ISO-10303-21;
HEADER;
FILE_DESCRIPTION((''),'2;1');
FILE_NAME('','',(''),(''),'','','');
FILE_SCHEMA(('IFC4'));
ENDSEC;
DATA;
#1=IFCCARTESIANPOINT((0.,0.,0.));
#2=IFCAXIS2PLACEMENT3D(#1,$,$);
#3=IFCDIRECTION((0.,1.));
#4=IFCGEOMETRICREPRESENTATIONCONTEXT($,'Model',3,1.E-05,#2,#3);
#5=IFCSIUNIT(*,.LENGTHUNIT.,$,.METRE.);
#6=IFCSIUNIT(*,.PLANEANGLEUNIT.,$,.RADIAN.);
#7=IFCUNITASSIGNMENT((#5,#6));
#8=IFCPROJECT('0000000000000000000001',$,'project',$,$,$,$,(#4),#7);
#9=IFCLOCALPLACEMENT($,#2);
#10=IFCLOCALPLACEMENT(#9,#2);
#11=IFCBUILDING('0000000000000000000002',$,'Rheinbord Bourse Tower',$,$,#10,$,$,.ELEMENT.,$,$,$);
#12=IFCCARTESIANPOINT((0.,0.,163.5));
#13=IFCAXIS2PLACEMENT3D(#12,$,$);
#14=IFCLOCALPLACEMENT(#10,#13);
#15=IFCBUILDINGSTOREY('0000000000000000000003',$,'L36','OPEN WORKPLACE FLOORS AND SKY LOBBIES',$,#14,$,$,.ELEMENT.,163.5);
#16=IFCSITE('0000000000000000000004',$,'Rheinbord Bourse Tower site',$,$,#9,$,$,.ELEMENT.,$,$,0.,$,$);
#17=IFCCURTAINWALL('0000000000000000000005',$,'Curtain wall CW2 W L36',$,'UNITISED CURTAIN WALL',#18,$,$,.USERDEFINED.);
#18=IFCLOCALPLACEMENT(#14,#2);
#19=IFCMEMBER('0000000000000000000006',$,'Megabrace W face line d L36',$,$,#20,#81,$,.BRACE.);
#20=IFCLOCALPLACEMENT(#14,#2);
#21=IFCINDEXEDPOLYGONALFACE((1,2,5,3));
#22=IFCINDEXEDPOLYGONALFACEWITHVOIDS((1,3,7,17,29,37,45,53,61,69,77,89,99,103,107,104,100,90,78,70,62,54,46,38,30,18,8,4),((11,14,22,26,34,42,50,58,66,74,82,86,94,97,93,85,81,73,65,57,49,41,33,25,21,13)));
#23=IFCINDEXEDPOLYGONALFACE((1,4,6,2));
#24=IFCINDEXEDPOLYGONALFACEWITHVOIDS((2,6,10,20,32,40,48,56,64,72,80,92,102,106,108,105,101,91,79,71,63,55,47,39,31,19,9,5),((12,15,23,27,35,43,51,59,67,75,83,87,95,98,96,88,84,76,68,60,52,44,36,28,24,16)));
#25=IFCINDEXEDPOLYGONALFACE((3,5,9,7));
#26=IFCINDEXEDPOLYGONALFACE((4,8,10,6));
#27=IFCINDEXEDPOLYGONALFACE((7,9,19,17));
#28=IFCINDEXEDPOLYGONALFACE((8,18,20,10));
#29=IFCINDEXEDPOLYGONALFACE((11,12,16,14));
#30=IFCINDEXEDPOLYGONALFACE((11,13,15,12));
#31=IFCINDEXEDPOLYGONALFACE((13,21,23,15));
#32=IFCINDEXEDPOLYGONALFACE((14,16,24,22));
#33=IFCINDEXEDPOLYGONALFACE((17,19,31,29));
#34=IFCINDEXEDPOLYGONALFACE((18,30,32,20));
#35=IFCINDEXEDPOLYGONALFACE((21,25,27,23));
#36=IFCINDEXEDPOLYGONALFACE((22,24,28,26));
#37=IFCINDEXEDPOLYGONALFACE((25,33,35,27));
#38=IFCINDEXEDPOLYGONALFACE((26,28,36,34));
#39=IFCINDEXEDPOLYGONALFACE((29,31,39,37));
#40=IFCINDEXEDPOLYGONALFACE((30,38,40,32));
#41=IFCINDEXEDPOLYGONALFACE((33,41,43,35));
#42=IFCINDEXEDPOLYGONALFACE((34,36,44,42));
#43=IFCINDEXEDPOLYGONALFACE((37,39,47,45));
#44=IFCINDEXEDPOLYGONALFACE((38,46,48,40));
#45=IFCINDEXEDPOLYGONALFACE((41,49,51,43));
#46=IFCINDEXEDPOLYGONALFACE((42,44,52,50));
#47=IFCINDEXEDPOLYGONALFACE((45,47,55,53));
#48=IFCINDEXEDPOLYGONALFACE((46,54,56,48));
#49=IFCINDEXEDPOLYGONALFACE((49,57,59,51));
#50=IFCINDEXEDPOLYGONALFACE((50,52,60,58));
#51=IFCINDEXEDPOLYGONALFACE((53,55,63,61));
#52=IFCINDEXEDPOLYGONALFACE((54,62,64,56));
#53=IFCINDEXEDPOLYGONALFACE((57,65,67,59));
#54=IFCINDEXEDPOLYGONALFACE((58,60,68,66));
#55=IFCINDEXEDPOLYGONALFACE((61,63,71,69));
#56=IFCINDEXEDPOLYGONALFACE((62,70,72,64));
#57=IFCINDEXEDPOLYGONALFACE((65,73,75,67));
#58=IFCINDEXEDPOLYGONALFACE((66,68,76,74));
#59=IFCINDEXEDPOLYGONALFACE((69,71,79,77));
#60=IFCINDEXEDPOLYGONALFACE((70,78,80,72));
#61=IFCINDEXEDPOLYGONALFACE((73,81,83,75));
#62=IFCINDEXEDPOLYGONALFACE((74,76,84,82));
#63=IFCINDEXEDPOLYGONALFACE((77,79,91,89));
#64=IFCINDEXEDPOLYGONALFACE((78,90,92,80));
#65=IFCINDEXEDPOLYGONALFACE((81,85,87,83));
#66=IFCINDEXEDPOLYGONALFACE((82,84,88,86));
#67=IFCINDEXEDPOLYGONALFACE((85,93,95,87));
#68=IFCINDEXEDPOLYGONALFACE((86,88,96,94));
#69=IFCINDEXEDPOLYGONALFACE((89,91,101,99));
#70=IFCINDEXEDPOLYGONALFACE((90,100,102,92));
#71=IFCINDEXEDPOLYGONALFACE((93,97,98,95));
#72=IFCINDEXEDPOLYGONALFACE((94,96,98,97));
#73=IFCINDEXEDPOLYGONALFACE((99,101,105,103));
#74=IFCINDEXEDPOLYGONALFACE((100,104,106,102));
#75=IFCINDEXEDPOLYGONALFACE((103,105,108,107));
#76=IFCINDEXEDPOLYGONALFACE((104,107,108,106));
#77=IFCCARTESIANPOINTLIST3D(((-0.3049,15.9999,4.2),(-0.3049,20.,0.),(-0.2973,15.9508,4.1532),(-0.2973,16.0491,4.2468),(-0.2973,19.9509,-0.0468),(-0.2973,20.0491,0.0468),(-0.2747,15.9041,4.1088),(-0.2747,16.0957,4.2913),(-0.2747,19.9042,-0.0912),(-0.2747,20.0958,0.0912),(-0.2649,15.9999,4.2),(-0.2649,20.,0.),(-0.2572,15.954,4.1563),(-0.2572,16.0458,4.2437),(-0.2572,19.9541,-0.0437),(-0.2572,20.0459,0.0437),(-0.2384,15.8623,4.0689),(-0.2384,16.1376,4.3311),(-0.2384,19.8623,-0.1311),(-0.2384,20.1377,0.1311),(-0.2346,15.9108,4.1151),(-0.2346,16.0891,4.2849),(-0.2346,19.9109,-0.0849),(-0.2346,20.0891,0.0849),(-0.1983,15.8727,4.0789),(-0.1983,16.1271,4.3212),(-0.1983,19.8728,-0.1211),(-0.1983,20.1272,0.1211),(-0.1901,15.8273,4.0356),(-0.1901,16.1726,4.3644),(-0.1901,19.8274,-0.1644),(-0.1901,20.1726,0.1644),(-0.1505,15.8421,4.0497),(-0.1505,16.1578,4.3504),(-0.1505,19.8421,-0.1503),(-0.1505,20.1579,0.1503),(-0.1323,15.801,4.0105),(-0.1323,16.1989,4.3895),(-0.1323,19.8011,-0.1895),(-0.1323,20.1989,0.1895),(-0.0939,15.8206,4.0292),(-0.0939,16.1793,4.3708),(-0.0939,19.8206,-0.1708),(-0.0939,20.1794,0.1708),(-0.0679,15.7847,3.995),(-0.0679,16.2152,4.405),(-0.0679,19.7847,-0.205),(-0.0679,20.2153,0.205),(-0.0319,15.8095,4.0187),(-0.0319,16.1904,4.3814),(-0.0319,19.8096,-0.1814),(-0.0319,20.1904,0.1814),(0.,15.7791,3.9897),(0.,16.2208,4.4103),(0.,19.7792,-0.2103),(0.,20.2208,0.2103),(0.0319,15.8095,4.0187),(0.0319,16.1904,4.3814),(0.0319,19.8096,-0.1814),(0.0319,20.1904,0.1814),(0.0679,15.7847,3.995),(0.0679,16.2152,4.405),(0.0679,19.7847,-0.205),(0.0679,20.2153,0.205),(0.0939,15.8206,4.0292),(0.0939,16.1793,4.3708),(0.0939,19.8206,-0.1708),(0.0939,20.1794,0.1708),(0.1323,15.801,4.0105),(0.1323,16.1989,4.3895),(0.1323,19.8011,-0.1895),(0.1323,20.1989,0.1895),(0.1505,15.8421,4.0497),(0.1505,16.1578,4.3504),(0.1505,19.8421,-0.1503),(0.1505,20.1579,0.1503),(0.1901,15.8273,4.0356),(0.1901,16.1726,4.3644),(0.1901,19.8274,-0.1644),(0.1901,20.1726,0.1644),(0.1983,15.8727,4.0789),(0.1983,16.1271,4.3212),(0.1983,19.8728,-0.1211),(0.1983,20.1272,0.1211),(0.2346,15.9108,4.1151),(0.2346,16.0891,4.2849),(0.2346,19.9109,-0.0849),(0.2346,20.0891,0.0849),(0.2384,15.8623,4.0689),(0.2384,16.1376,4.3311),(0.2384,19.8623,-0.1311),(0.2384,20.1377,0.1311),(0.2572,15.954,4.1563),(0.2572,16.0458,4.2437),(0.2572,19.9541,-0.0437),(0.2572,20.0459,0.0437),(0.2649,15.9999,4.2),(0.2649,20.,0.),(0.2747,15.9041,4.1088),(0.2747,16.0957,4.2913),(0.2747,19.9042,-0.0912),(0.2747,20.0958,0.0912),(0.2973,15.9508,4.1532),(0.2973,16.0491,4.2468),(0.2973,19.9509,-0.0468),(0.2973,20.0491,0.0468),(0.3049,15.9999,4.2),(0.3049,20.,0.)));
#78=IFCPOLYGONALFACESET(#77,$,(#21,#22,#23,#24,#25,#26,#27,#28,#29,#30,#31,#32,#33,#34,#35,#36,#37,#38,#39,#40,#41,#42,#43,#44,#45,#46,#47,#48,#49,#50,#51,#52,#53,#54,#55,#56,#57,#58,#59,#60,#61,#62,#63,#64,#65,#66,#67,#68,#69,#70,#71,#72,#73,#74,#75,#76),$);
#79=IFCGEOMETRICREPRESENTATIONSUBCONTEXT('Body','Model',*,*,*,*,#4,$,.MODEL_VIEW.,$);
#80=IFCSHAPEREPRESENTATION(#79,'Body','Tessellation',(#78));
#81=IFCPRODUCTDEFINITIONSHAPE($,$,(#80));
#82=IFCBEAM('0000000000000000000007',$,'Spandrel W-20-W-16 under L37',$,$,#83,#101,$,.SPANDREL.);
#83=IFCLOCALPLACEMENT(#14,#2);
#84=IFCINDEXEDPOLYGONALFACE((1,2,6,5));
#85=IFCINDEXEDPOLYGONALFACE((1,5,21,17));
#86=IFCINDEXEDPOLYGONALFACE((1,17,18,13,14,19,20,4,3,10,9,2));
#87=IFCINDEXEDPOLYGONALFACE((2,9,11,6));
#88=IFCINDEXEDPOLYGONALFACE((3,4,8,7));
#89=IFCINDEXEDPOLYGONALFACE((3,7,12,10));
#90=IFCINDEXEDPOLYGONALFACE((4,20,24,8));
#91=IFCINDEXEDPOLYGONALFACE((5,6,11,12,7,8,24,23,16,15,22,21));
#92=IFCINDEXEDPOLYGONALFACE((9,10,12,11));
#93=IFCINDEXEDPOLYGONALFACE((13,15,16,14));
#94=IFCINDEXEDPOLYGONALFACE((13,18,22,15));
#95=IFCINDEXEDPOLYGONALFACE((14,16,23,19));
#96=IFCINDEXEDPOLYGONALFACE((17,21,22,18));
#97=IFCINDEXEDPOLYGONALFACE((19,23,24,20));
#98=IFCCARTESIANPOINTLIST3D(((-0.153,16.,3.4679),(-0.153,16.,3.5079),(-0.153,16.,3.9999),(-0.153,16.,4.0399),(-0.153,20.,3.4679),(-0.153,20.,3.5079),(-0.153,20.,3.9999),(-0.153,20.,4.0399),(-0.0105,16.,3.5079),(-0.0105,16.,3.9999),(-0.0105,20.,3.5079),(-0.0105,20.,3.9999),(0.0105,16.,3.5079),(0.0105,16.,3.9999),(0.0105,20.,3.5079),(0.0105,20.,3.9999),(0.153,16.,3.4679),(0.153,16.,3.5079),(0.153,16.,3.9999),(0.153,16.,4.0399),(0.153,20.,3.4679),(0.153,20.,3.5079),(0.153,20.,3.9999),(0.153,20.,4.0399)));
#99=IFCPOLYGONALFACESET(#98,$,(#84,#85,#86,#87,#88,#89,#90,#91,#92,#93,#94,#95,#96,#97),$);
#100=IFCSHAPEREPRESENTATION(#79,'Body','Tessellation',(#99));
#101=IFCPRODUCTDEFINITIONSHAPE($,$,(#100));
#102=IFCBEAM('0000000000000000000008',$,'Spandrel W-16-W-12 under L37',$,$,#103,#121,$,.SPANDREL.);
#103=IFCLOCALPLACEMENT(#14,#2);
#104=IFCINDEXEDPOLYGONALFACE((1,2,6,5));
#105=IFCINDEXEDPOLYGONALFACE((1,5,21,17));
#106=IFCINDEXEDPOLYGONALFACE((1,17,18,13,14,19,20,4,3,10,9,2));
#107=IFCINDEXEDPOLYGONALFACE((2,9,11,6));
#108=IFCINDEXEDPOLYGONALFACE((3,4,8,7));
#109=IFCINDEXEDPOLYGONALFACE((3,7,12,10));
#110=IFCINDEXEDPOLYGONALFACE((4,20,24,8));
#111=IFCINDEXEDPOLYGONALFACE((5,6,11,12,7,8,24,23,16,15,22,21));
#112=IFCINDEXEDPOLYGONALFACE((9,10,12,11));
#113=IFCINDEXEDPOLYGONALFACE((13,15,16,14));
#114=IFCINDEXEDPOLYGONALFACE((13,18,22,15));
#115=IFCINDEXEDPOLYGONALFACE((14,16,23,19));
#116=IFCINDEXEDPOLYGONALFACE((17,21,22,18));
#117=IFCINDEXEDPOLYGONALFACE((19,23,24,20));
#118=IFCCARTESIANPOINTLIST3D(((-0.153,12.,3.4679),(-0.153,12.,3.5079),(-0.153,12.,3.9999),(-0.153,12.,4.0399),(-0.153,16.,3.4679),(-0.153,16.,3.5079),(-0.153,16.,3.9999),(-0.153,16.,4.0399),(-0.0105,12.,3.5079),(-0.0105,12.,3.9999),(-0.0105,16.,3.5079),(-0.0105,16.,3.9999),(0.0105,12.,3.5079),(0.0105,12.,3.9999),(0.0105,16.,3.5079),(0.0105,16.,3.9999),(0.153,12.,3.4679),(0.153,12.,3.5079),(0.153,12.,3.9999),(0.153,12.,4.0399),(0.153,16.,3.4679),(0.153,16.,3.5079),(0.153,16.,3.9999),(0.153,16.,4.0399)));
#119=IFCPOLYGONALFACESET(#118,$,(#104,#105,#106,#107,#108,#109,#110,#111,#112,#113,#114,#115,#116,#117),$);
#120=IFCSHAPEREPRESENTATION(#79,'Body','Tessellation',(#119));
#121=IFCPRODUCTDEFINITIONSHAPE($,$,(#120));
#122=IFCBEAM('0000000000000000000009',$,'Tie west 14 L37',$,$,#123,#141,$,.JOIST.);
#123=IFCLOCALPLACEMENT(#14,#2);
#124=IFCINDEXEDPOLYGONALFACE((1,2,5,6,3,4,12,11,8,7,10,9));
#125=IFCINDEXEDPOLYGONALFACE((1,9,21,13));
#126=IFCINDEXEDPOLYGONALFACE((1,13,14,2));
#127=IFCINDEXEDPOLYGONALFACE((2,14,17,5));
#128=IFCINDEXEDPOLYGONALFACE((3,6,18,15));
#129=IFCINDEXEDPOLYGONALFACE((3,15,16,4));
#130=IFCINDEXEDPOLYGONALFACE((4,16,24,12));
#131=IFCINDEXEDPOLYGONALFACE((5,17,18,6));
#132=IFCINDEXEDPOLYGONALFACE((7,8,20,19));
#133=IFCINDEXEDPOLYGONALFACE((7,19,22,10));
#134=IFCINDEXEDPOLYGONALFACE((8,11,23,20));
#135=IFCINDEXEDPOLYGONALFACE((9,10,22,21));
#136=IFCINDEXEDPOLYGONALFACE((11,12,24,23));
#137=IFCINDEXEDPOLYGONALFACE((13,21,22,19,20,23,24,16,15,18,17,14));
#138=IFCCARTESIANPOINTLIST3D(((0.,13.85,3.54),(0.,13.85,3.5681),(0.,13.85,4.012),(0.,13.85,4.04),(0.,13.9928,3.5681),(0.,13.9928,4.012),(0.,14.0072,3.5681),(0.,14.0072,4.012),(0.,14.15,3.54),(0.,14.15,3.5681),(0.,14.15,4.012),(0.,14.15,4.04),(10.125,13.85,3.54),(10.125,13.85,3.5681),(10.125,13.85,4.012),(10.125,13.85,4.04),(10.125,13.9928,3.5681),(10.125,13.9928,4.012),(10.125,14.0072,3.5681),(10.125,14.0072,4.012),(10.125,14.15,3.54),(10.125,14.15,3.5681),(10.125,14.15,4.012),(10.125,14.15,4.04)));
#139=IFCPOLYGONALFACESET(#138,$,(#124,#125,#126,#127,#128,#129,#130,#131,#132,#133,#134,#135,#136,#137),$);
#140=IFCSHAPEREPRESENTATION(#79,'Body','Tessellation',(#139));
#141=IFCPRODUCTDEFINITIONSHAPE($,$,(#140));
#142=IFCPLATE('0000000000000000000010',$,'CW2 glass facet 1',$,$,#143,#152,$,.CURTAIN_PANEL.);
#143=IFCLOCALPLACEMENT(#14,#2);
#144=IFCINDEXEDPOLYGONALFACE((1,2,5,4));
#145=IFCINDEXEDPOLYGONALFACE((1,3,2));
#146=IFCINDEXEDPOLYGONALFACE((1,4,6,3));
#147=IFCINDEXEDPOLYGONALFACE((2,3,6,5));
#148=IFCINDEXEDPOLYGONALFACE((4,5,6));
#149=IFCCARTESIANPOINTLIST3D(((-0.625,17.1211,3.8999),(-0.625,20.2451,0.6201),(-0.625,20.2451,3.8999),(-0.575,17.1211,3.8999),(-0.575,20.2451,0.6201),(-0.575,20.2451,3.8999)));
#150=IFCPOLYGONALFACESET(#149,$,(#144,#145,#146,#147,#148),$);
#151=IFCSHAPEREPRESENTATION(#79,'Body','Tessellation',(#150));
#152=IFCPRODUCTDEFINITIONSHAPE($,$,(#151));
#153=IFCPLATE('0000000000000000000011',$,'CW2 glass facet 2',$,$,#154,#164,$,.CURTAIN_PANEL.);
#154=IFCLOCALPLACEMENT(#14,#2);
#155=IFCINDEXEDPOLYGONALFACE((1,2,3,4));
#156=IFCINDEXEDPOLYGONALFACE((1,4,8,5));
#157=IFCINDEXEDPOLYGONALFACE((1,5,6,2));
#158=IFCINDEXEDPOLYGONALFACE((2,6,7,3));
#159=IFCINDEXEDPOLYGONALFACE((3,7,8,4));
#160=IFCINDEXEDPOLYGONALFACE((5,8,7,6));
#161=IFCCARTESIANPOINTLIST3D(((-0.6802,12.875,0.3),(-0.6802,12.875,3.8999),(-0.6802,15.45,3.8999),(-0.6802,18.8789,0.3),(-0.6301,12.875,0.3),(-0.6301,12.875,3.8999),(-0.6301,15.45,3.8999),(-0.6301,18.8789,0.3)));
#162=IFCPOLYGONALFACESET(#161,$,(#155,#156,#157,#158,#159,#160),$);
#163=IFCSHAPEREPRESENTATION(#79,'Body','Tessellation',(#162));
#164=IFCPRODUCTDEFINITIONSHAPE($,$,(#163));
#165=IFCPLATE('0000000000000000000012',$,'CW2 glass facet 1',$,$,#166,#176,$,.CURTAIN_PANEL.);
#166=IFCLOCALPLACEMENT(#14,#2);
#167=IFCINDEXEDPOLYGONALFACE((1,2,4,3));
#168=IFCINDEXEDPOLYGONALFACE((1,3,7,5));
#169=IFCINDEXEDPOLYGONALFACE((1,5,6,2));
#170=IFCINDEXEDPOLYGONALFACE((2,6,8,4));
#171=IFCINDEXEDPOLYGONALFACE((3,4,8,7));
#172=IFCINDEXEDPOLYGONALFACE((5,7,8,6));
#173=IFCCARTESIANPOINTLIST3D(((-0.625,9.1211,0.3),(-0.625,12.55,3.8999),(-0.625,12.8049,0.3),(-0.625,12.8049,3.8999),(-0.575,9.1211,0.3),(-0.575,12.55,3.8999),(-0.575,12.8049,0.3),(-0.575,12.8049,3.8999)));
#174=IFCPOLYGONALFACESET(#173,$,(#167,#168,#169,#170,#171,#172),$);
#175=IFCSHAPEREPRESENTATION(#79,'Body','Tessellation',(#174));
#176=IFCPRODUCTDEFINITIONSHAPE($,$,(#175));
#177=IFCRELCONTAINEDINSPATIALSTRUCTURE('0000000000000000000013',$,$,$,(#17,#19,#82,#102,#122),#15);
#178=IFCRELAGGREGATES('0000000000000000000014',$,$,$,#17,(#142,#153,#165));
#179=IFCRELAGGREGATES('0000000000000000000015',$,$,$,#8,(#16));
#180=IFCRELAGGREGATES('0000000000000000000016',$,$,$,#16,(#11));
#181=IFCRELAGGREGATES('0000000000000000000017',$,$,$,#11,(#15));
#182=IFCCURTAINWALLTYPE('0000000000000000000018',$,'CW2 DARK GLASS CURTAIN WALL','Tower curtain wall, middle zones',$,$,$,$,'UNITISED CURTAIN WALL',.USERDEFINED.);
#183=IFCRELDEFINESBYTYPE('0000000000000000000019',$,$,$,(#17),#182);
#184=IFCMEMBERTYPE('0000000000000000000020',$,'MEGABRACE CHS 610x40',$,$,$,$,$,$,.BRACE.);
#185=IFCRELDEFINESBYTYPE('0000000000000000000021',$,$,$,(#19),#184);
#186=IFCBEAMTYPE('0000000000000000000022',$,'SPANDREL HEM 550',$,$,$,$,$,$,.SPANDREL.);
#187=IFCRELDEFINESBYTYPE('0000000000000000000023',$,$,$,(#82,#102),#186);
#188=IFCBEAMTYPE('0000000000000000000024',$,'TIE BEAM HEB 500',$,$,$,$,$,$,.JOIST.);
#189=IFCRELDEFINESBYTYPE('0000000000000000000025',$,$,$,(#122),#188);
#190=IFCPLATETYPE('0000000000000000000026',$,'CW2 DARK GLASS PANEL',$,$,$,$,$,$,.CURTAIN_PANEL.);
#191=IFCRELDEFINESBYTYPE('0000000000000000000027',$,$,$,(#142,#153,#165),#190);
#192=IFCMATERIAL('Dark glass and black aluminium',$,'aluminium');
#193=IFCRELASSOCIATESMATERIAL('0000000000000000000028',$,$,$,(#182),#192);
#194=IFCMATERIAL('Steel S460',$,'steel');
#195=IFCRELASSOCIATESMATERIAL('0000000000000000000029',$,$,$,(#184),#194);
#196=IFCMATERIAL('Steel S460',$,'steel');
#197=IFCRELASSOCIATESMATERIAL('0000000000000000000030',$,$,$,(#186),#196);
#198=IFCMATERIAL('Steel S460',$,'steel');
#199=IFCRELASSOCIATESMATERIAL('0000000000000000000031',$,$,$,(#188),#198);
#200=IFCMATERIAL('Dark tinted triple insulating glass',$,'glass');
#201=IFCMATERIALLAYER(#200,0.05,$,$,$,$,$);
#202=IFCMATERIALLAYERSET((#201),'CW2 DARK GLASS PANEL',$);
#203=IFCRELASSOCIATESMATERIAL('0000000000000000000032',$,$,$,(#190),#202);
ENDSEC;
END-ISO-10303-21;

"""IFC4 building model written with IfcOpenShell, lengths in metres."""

from ifc_helpers import new_model, si_unit, direction, frame, origin, origin_2d, place, context, subcontext, project, spatial, polyline, hollow_circle, i_section, outline, extrude, material, layer, layer_set, material_profile, profile_set, type_object, element, aggregate, save


model = new_model("IFC4")

# Units and contexts
model_context = context("Model", 3, precision=1e-05, world=origin(), true_north=direction((0.0, 1.0)))
body_context = subcontext(model_context, "Body", "Model", "MODEL_VIEW")
ifc_project = project(units=[si_unit("LENGTHUNIT", "METRE"), si_unit("PLANEANGLEUNIT", "RADIAN")], contexts=[model_context])

# Site, building, storey
site_placement = place(None, origin())
site = spatial("IfcSite", under=ifc_project, at=site_placement, Name="Rheinbord Bourse Tower site", CompositionType="ELEMENT", RefElevation=0.0)
building_placement = place(site_placement, origin())
building = spatial("IfcBuilding", under=site, at=building_placement, Name="Rheinbord Bourse Tower", CompositionType="ELEMENT")
storey_placement = place(building_placement, frame((0.0, 0.0, 163.5)))
storey = spatial("IfcBuildingStorey", under=building, at=storey_placement, Name="L36", Description="OPEN WORKPLACE FLOORS AND SKY LOBBIES", CompositionType="ELEMENT", Elevation=163.5)

# Curtain wall
ifc_material_1 = material(Name="Dark glass and black aluminium", Category="aluminium")
curtain_wall_type = type_object("IfcCurtainWallType", Name="CW2 DARK GLASS CURTAIN WALL", Description="Tower curtain wall, middle zones", ElementType="UNITISED CURTAIN WALL", PredefinedType="USERDEFINED", material=ifc_material_1)
curtain_wall_placement = place(storey_placement, origin())
curtain_wall = element("IfcCurtainWall", 1, at=curtain_wall_placement, inside=storey, type_object=curtain_wall_type, Name="Curtain wall CW2 W L36", ObjectType="UNITISED CURTAIN WALL", PredefinedType="USERDEFINED")

# Member
ifc_material_2 = material(Name="Steel S460", Category="steel")
ifc_material_profile_1 = material_profile(ifc_material_2, hollow_circle(Radius=0.3049, WallThickness=0.04, at=origin_2d()), Name="CHS 610x40")
ifc_profile_set_1 = profile_set([ifc_material_profile_1], Name="Steel S460")
member_type_1 = type_object("IfcMemberType", Name="MEGABRACE CHS 610x40", PredefinedType="BRACE", material=ifc_profile_set_1)
member_1_placement = place(storey_placement, frame((0.0, 20.0, 0.0), z_axis=(0.0, -0.689659, 0.724134), x_axis=(1.0, 0.0, 0.0)))
element("IfcMember", 2, at=member_1_placement, inside=storey, type_object=member_type_1, Name="Megabrace W face line d L36", PredefinedType="BRACE", context=body_context, shape_type="SweptSolid", body=[
    extrude(hollow_circle(Radius=0.3049, WallThickness=0.04, at=origin_2d()), origin(), (0.0, 0.0, 1.0), 5.8),
])

# Beams
ifc_material_3 = material(Name="Steel S460", Category="steel")
ifc_material_profile_2 = material_profile(ifc_material_3, i_section(OverallWidth=0.3059, OverallDepth=0.572, WebThickness=0.021, FlangeThickness=0.04, at=origin_2d()), Name="HEM 550")
ifc_profile_set_2 = profile_set([ifc_material_profile_2], Name="Steel S460")
beam_type_1 = type_object("IfcBeamType", Name="SPANDREL HEM 550", PredefinedType="SPANDREL", material=ifc_profile_set_2)
for number, where, z_axis, x_axis, name in (
    (3, (0.0, 20.0, 3.7539), (0.0, -1.0, 0.0), (1.0, 0.0, 0.0), "Spandrel W-20-W-16 under L37"),
    (4, (0.0, 16.0, 3.7539), (0.0, -1.0, 0.0), (1.0, 0.0, 0.0), "Spandrel W-16-W-12 under L37"),
):
    element("IfcBeam", number, at=place(storey_placement, frame(where, z_axis=z_axis, x_axis=x_axis)), inside=storey, type_object=beam_type_1, Name=name, PredefinedType="SPANDREL", context=body_context, shape_type="SweptSolid", body=[
        extrude(i_section(OverallWidth=0.3059, OverallDepth=0.572, WebThickness=0.021, FlangeThickness=0.04, at=origin_2d()), origin(), (0.0, 0.0, 1.0), 4.0),
    ])
ifc_material_4 = material(Name="Steel S460", Category="steel")
ifc_material_profile_3 = material_profile(ifc_material_4, i_section(OverallWidth=0.3, OverallDepth=0.5, WebThickness=0.0144, FlangeThickness=0.0281, at=origin_2d()), Name="HEB 500")
ifc_profile_set_3 = profile_set([ifc_material_profile_3], Name="Steel S460")
beam_type_2 = type_object("IfcBeamType", Name="TIE BEAM HEB 500", PredefinedType="JOIST", material=ifc_profile_set_3)
beam_1_placement = place(storey_placement, frame((0.0, 14.0, 3.79), z_axis=(1.0, 0.0, 0.0), x_axis=(0.0, 1.0, 0.0)))
element("IfcBeam", 5, at=beam_1_placement, inside=storey, type_object=beam_type_2, Name="Tie west 14 L37", PredefinedType="JOIST", context=body_context, shape_type="SweptSolid", body=[
    extrude(i_section(OverallWidth=0.3, OverallDepth=0.5, WebThickness=0.0144, FlangeThickness=0.0281, at=origin_2d()), origin(), (0.0, 0.0, 1.0), 10.125),
])

# Plates
ifc_material_5 = material(Name="Dark tinted triple insulating glass", Category="glass")
ifc_layer = layer(ifc_material_5, 0.05)
ifc_layer_set = layer_set([ifc_layer], Name="CW2 DARK GLASS PANEL")
plate_type = type_object("IfcPlateType", Name="CW2 DARK GLASS PANEL", PredefinedType="CURTAIN_PANEL", material=ifc_layer_set)
plate_1_placement = place(storey_placement, frame((-0.625, 20.2451, 3.8999), z_axis=(1.0, 0.0, 0.0), x_axis=(0.0, -1.0, 0.0)))
plate_1 = element("IfcPlate", 6, at=plate_1_placement, type_object=plate_type, Name="CW2 glass facet 1", PredefinedType="CURTAIN_PANEL", context=body_context, shape_type="SweptSolid", body=[
    extrude(outline(polyline([(0.0, 0.0), (3.124, 0.0), (0.0, 3.2798), (0.0, 0.0)])), origin(), (0.0, 0.0, 1.0), 0.05),
])
plate_2_placement = place(storey_placement, frame((-0.6802, 12.875, 3.8999), z_axis=(1.0, 0.0, 0.0), x_axis=(0.0, 0.0, -1.0)))
plate_2 = element("IfcPlate", 7, at=plate_2_placement, type_object=plate_type, Name="CW2 glass facet 2", PredefinedType="CURTAIN_PANEL", context=body_context, shape_type="SweptSolid", body=[
    extrude(outline(polyline([(0.0, 0.0), (3.5999, 0.0), (3.5999, 6.0039), (0.0, 2.575), (0.0, 0.0)])), origin(), (0.0, 0.0, 1.0), 0.05),
])
plate_3_placement = place(storey_placement, frame((-0.625, 12.8049, 0.3), z_axis=(1.0, 0.0, 0.0), x_axis=(0.0, 0.0, 1.0)))
plate_3 = element("IfcPlate", 8, at=plate_3_placement, type_object=plate_type, Name="CW2 glass facet 1", PredefinedType="CURTAIN_PANEL", context=body_context, shape_type="SweptSolid", body=[
    extrude(outline(polyline([(0.0, 0.0), (3.5999, 0.0), (3.5999, 0.2549), (0.0, 3.6838), (0.0, 0.0)])), origin(), (0.0, 0.0, 1.0), 0.05),
])
aggregate(curtain_wall, [plate_1, plate_2, plate_3])

save(model, "model.ifc")
